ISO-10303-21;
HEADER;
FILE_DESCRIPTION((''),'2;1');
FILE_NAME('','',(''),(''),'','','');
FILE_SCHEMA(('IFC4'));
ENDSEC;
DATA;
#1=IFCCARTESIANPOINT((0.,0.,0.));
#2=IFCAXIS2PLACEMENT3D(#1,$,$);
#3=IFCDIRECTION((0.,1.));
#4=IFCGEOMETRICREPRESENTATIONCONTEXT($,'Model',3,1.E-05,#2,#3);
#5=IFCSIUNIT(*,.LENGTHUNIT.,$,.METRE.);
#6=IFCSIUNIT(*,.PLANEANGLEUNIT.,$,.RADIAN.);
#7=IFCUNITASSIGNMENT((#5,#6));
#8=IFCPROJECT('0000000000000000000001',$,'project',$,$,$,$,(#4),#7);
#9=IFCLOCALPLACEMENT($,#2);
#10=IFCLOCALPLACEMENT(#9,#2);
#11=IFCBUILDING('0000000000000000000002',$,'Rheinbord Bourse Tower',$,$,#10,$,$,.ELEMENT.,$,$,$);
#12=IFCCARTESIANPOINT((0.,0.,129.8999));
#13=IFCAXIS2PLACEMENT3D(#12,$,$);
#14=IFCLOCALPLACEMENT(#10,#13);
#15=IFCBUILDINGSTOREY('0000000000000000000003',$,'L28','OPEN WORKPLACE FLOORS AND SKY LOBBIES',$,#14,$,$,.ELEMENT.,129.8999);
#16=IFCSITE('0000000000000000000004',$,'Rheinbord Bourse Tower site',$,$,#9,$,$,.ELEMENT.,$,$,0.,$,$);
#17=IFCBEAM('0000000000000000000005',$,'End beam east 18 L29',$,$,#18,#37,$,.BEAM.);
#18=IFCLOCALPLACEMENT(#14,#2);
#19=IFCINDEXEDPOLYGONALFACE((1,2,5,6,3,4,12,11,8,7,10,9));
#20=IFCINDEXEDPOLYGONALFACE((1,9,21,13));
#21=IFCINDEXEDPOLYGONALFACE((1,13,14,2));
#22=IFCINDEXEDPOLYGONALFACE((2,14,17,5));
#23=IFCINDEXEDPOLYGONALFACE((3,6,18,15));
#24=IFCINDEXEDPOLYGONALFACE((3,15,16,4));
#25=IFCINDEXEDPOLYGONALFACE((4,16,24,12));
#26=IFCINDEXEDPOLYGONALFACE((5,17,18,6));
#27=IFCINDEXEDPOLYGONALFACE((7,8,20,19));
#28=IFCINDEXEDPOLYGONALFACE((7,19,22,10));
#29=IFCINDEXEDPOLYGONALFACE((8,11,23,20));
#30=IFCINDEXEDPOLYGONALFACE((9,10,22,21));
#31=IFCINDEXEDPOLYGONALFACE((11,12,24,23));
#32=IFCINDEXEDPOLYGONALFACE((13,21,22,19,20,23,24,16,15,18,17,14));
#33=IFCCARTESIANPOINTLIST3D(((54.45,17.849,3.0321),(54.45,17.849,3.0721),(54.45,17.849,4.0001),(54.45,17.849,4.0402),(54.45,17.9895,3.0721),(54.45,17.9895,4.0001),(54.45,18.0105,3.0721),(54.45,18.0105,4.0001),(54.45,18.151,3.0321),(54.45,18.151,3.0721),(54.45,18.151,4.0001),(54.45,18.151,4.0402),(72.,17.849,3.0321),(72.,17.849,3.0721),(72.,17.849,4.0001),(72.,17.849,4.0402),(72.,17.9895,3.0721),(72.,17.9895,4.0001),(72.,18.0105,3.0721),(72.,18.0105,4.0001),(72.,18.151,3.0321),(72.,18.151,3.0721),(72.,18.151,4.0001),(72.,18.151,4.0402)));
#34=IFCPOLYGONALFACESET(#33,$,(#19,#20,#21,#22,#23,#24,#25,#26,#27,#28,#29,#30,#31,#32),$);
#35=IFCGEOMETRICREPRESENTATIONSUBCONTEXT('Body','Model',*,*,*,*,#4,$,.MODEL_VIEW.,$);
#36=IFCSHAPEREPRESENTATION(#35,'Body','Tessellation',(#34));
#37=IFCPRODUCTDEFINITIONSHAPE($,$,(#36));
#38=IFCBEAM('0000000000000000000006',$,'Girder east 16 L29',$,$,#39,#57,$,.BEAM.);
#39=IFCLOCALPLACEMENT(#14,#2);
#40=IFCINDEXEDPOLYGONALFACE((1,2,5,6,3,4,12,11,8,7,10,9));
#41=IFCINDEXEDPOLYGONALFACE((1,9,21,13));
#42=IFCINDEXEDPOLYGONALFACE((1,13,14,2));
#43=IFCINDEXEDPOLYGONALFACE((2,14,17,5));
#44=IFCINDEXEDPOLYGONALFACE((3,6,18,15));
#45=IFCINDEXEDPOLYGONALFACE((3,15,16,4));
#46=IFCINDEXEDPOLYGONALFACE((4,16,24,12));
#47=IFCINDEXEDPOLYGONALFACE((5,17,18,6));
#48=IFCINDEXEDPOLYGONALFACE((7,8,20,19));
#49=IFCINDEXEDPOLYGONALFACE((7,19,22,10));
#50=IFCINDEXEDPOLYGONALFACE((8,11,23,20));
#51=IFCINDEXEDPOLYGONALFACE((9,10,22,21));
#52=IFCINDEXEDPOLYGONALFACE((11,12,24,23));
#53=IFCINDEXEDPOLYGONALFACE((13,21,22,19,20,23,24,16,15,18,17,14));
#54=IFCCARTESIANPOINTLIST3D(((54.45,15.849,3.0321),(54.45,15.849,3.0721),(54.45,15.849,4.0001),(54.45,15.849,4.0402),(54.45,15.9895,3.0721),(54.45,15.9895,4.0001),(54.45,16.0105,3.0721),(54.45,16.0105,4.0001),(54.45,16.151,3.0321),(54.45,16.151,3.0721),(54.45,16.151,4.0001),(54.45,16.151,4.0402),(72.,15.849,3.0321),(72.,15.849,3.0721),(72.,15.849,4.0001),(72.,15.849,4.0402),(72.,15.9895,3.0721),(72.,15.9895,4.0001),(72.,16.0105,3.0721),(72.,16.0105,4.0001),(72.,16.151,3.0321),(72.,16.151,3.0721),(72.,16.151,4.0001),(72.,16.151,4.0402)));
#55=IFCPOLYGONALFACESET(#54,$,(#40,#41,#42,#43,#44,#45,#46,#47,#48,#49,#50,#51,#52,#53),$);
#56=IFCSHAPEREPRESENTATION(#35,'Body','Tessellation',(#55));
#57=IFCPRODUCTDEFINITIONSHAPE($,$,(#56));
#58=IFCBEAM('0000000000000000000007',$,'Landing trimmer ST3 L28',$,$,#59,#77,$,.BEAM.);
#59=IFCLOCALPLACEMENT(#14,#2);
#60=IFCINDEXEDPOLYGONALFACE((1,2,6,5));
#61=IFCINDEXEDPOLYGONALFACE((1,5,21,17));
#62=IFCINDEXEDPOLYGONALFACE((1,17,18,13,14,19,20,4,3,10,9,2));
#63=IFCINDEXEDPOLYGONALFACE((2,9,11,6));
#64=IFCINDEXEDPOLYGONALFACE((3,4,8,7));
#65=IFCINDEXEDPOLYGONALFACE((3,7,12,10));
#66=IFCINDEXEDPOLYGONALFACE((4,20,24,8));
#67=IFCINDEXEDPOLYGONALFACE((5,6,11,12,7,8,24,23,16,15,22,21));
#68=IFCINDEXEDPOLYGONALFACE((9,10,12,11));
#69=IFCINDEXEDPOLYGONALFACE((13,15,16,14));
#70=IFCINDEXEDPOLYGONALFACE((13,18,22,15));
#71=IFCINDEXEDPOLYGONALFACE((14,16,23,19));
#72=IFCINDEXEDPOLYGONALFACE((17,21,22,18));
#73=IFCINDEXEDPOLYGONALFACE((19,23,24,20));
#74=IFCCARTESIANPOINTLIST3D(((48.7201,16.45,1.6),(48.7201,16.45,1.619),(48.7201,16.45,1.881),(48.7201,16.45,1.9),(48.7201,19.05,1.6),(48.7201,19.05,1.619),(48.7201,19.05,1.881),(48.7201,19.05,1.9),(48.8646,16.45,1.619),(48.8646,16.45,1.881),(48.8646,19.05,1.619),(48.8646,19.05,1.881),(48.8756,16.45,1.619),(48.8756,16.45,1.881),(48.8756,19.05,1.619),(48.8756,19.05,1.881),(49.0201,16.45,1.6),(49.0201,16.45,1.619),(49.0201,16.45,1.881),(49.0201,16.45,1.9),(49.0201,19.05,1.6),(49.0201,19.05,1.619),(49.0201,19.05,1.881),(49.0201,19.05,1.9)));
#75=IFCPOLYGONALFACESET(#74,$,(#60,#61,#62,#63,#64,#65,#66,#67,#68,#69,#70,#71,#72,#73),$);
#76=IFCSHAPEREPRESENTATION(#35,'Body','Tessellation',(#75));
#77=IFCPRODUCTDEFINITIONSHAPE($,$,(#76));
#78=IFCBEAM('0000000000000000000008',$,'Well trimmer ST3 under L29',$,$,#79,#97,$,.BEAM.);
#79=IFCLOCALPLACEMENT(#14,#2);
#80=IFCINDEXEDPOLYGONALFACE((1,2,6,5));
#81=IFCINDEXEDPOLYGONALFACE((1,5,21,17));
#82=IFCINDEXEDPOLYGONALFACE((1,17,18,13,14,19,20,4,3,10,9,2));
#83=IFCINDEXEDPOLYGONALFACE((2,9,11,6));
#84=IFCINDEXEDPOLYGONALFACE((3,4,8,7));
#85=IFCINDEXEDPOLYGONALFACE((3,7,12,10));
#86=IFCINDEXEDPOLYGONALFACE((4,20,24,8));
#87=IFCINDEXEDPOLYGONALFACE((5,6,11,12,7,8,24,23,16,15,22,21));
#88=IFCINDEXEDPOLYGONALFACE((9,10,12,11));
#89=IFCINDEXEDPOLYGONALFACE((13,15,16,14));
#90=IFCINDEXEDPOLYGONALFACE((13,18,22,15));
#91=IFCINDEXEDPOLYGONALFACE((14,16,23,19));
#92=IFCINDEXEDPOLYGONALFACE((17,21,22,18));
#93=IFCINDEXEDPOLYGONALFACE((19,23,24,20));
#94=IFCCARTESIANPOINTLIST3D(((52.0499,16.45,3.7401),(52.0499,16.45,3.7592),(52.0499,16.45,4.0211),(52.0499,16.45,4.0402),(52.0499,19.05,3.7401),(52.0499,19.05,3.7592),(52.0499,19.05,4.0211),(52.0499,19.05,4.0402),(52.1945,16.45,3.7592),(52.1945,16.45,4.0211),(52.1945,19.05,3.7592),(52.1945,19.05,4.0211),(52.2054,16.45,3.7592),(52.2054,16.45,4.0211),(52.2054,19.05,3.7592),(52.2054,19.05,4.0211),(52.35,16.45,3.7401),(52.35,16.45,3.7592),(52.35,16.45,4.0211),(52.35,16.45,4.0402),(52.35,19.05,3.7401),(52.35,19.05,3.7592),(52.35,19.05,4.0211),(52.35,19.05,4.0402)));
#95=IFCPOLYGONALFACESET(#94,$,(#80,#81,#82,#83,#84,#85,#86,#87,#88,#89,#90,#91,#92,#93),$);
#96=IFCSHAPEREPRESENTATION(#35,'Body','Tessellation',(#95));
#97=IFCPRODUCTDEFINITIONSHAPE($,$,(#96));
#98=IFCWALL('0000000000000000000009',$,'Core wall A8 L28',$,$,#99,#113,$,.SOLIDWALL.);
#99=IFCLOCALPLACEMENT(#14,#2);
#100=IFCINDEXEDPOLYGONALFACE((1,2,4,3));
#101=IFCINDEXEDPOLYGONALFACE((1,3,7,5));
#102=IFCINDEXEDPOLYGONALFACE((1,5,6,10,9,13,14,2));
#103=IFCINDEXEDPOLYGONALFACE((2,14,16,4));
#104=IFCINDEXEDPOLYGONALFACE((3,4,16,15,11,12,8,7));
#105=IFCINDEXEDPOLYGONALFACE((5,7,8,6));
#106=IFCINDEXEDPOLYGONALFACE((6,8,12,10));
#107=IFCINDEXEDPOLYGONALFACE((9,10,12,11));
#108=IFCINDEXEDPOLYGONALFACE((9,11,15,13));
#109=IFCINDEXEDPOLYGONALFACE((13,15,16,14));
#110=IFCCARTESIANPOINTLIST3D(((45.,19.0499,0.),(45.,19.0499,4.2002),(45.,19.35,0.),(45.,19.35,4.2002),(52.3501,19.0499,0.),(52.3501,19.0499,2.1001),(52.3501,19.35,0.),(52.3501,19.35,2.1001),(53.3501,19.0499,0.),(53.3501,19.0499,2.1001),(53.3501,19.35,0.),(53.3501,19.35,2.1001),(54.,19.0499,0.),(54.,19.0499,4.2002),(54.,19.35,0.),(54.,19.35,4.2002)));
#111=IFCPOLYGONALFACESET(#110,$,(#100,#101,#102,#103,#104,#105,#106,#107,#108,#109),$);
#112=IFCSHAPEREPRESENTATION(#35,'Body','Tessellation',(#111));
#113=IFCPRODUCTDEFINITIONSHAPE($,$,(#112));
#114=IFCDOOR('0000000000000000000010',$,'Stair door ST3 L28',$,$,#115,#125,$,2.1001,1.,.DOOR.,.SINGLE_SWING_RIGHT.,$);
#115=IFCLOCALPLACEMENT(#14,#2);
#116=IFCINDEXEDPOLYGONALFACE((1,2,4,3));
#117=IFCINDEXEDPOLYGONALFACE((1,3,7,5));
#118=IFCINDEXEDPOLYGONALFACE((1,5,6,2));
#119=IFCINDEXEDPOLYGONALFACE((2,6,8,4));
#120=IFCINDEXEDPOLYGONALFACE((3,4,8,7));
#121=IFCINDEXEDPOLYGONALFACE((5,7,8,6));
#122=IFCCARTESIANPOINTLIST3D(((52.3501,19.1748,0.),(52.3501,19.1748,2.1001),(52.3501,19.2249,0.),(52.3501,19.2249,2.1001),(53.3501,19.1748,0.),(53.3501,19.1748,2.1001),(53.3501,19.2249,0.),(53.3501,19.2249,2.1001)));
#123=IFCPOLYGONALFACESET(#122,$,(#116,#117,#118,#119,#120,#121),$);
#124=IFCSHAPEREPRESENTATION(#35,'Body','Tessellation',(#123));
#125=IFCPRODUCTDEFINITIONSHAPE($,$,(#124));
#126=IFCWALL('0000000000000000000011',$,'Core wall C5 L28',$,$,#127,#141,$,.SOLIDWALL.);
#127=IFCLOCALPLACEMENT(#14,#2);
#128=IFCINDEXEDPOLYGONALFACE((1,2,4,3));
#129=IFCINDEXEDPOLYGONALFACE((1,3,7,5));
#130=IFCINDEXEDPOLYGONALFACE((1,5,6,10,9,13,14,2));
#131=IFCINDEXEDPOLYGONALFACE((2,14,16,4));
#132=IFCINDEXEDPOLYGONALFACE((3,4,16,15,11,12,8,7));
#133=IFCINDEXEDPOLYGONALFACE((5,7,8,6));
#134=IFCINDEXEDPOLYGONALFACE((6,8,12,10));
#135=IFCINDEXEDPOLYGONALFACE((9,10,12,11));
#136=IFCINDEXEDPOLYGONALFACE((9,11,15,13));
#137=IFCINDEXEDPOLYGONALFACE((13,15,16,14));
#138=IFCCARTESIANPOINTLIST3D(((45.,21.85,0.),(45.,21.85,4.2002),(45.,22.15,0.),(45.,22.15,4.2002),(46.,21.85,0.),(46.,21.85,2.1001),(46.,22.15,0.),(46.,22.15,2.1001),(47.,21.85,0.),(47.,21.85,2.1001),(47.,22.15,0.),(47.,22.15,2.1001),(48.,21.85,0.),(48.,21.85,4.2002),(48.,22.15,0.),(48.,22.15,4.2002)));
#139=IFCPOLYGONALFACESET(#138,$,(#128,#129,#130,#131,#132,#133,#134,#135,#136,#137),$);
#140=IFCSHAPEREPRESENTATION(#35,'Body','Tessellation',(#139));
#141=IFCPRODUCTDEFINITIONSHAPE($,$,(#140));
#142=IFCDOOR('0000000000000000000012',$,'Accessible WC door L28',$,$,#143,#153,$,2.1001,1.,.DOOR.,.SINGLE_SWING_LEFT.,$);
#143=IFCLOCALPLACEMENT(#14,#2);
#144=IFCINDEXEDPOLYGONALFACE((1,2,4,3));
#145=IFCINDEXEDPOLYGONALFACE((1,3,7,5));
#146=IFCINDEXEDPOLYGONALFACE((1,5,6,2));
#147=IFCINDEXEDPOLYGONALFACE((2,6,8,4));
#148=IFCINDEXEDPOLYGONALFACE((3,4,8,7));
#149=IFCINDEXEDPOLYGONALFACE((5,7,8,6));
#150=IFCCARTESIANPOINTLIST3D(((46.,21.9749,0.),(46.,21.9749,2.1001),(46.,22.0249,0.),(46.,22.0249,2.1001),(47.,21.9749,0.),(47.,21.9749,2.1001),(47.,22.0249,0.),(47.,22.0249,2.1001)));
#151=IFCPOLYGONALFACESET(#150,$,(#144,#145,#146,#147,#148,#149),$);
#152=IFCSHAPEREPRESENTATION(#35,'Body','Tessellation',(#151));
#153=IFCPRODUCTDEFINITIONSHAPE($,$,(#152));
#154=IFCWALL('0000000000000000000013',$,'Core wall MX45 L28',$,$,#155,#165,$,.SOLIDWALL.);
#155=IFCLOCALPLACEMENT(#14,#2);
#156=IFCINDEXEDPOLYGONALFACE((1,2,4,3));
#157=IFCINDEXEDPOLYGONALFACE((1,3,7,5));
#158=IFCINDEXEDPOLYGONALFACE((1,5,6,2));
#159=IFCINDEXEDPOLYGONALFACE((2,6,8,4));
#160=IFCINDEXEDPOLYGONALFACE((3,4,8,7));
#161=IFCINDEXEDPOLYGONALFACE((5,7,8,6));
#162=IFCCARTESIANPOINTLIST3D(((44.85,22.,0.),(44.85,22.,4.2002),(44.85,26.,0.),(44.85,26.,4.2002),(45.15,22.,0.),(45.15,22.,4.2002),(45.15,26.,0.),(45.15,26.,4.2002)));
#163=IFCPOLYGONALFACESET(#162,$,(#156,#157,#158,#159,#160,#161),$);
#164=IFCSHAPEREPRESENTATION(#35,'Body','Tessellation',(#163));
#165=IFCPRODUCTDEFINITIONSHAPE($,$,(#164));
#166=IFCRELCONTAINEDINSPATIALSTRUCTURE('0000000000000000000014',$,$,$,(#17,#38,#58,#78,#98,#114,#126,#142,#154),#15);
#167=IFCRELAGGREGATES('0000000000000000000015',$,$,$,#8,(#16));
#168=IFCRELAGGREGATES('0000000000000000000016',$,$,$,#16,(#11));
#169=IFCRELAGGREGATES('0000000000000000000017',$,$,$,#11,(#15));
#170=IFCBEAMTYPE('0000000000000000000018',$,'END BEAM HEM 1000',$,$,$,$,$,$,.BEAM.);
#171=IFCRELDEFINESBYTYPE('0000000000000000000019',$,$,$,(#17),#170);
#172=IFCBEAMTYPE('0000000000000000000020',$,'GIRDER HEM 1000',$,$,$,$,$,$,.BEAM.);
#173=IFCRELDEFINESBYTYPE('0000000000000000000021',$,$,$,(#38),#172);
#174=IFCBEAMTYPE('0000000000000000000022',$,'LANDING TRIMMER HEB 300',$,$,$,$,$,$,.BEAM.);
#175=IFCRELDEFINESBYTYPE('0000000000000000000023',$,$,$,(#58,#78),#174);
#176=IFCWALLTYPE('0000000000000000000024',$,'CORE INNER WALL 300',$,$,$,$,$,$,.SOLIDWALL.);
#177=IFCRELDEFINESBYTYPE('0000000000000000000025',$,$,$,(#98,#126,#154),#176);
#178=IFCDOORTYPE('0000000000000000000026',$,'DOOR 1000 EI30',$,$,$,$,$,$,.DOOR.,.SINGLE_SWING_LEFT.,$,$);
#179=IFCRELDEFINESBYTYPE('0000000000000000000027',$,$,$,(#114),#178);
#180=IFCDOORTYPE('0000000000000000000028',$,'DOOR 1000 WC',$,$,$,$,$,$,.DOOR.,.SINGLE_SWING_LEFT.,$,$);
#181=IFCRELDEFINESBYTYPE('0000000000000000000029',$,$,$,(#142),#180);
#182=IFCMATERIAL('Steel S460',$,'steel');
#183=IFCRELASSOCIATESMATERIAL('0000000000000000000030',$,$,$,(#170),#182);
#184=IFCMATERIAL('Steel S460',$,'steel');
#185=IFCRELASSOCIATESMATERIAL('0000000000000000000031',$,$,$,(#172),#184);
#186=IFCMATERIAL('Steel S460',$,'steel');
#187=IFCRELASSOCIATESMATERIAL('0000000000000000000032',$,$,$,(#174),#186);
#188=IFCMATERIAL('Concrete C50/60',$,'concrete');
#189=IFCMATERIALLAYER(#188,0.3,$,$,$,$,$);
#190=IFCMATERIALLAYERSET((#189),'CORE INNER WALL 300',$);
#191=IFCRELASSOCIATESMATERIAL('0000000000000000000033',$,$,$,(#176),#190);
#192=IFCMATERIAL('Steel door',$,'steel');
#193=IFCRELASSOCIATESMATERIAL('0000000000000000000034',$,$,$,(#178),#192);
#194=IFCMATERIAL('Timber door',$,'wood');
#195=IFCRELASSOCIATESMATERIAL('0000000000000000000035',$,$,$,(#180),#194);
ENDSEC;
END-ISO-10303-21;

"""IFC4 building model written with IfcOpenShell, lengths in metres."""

from ifc_helpers import new_model, si_unit, direction, frame, frame_2d, origin, origin_2d, place, context, subcontext, project, spatial, rectangle, i_section, extrude, material, layer, layer_set, material_profile, profile_set, type_object, element, fill, save


model = new_model("IFC4")

# Units and contexts
model_context = context("Model", 3, precision=1e-05, world=origin(), true_north=direction((0.0, 1.0)))
body_context = subcontext(model_context, "Body", "Model", "MODEL_VIEW")
ifc_project = project(units=[si_unit("LENGTHUNIT", "METRE"), si_unit("PLANEANGLEUNIT", "RADIAN")], contexts=[model_context])

# Site, building, storey
site_placement = place(None, origin())
site = spatial("IfcSite", under=ifc_project, at=site_placement, Name="Rheinbord Bourse Tower site", CompositionType="ELEMENT", RefElevation=0.0)
building_placement = place(site_placement, origin())
building = spatial("IfcBuilding", under=site, at=building_placement, Name="Rheinbord Bourse Tower", CompositionType="ELEMENT")
storey_placement = place(building_placement, frame((0.0, 0.0, 129.8999)))
storey = spatial("IfcBuildingStorey", under=building, at=storey_placement, Name="L28", Description="OPEN WORKPLACE FLOORS AND SKY LOBBIES", CompositionType="ELEMENT", Elevation=129.8999)

# Beams
ifc_material_1 = material(Name="Steel S460", Category="steel")
ifc_material_profile_1 = material_profile(ifc_material_1, i_section(OverallWidth=0.302, OverallDepth=1.0081, WebThickness=0.021, FlangeThickness=0.04, at=origin_2d()), Name="HEM 1000")
ifc_profile_set_1 = profile_set([ifc_material_profile_1], Name="Steel S460")
beam_type_1 = type_object("IfcBeamType", Name="END BEAM HEM 1000", PredefinedType="BEAM", material=ifc_profile_set_1)
beam_1_placement = place(storey_placement, frame((54.45, 18.0, 3.5361), z_axis=(1.0, 0.0, 0.0), x_axis=(0.0, 1.0, 0.0)))
element("IfcBeam", 1, at=beam_1_placement, inside=storey, type_object=beam_type_1, Name="End beam east 18 L29", PredefinedType="BEAM", context=body_context, shape_type="SweptSolid", body=[
    extrude(i_section(OverallWidth=0.302, OverallDepth=1.0081, WebThickness=0.021, FlangeThickness=0.04, at=origin_2d()), origin(), (0.0, 0.0, 1.0), 17.55),
])
ifc_material_2 = material(Name="Steel S460", Category="steel")
ifc_material_profile_2 = material_profile(ifc_material_2, i_section(OverallWidth=0.302, OverallDepth=1.0081, WebThickness=0.021, FlangeThickness=0.04, at=origin_2d()), Name="HEM 1000")
ifc_profile_set_2 = profile_set([ifc_material_profile_2], Name="Steel S460")
beam_type_2 = type_object("IfcBeamType", Name="GIRDER HEM 1000", PredefinedType="BEAM", material=ifc_profile_set_2)
beam_2_placement = place(storey_placement, frame((54.45, 16.0, 3.5361), z_axis=(1.0, 0.0, 0.0), x_axis=(0.0, 1.0, 0.0)))
element("IfcBeam", 2, at=beam_2_placement, inside=storey, type_object=beam_type_2, Name="Girder east 16 L29", PredefinedType="BEAM", context=body_context, shape_type="SweptSolid", body=[
    extrude(i_section(OverallWidth=0.302, OverallDepth=1.0081, WebThickness=0.021, FlangeThickness=0.04, at=origin_2d()), origin(), (0.0, 0.0, 1.0), 17.55),
])
ifc_material_3 = material(Name="Steel S460", Category="steel")
ifc_material_profile_3 = material_profile(ifc_material_3, i_section(OverallWidth=0.3, OverallDepth=0.3, WebThickness=0.011, FlangeThickness=0.019, at=origin_2d()), Name="HEB 300")
ifc_profile_set_3 = profile_set([ifc_material_profile_3], Name="Steel S460")
beam_type_3 = type_object("IfcBeamType", Name="LANDING TRIMMER HEB 300", PredefinedType="BEAM", material=ifc_profile_set_3)
for number, where, z_axis, x_axis, name in (
    (3, (48.8701, 16.45, 1.75), (0.0, 1.0, 0.0), (-1.0, 0.0, 0.0), "Landing trimmer ST3 L28"),
    (4, (52.2, 16.45, 3.8901), (0.0, 1.0, 0.0), (-1.0, 0.0, 0.0), "Well trimmer ST3 under L29"),
):
    element("IfcBeam", number, at=place(storey_placement, frame(where, z_axis=z_axis, x_axis=x_axis)), inside=storey, type_object=beam_type_3, Name=name, PredefinedType="BEAM", context=body_context, shape_type="SweptSolid", body=[
        extrude(i_section(OverallWidth=0.3, OverallDepth=0.3, WebThickness=0.011, FlangeThickness=0.019, at=origin_2d()), origin(), (0.0, 0.0, 1.0), 2.6001),
    ])

# Walls, openings, doors
ifc_material_4 = material(Name="Concrete C50/60", Category="concrete")
ifc_layer_1 = layer(ifc_material_4, 0.3)
ifc_layer_set_1 = layer_set([ifc_layer_1], Name="CORE INNER WALL 300")
wall_type_1 = type_object("IfcWallType", Name="CORE INNER WALL 300", PredefinedType="SOLIDWALL", material=ifc_layer_set_1)
wall_1_placement = place(storey_placement, frame((45.0, 19.2, 0.0), z_axis=(0.0, 0.0, 1.0), x_axis=(1.0, 0.0, 0.0)))
wall_1 = element("IfcWall", 5, at=wall_1_placement, inside=storey, type_object=wall_type_1, Name="Core wall A8 L28", PredefinedType="SOLIDWALL", context=body_context, shape_type="SweptSolid", body=[
    extrude(rectangle(XDim=9.0, YDim=0.3, at=frame_2d((4.5, 0.0))), origin(), (0.0, 0.0, 1.0), 4.2002),
])
opening_1_placement = place(wall_1_placement, frame((7.3501, 0.0, 0.0)))
opening_1 = element("IfcOpeningElement", 6, at=opening_1_placement, cuts=wall_1, PredefinedType="OPENING", context=body_context, shape_type="SweptSolid", body=[
    extrude(rectangle(XDim=1.0, YDim=2.1001, at=frame_2d((0.5, 1.05))), frame((0.0, 0.1599, 0.0), z_axis=(0.0, -1.0, 0.0), x_axis=(1.0, 0.0, 0.0)), (0.0, 0.0, 1.0), 0.3201),
])
ifc_material_5 = material(Name="Steel door", Category="steel")
door_type_1 = type_object("IfcDoorType", Name="DOOR 1000 EI30", OperationType="SINGLE_SWING_LEFT", PredefinedType="DOOR", material=ifc_material_5)
door_1_placement = place(opening_1_placement, origin())
door_1 = element("IfcDoor", 7, at=door_1_placement, inside=storey, type_object=door_type_1, Name="Stair door ST3 L28", OperationType="SINGLE_SWING_RIGHT", OverallHeight=2.1001, OverallWidth=1.0, PredefinedType="DOOR", context=body_context, shape_type="SweptSolid", body=[
    extrude(rectangle(XDim=1.0, YDim=2.1001, at=frame_2d((0.5, 1.05))), frame((0.0, 0.0249, 0.0), z_axis=(0.0, -1.0, 0.0), x_axis=(1.0, 0.0, 0.0)), (0.0, 0.0, 1.0), 0.05),
])
fill(opening_1, door_1)
wall_2_placement = place(storey_placement, frame((45.0, 22.0, 0.0), z_axis=(0.0, 0.0, 1.0), x_axis=(1.0, 0.0, 0.0)))
wall_2 = element("IfcWall", 8, at=wall_2_placement, inside=storey, type_object=wall_type_1, Name="Core wall C5 L28", PredefinedType="SOLIDWALL", context=body_context, shape_type="SweptSolid", body=[
    extrude(rectangle(XDim=3.0, YDim=0.3, at=frame_2d((1.5, 0.0))), origin(), (0.0, 0.0, 1.0), 4.2002),
])
opening_2_placement = place(wall_2_placement, frame((1.0, 0.0, 0.0)))
opening_2 = element("IfcOpeningElement", 9, at=opening_2_placement, cuts=wall_2, PredefinedType="OPENING", context=body_context, shape_type="SweptSolid", body=[
    extrude(rectangle(XDim=1.0, YDim=2.1001, at=frame_2d((0.5, 1.05))), frame((0.0, 0.1599, 0.0), z_axis=(0.0, -1.0, 0.0), x_axis=(1.0, 0.0, 0.0)), (0.0, 0.0, 1.0), 0.3201),
])
ifc_material_6 = material(Name="Timber door", Category="wood")
door_type_2 = type_object("IfcDoorType", Name="DOOR 1000 WC", OperationType="SINGLE_SWING_LEFT", PredefinedType="DOOR", material=ifc_material_6)
door_2_placement = place(opening_2_placement, origin())
door_2 = element("IfcDoor", 10, at=door_2_placement, inside=storey, type_object=door_type_2, Name="Accessible WC door L28", OperationType="SINGLE_SWING_LEFT", OverallHeight=2.1001, OverallWidth=1.0, PredefinedType="DOOR", context=body_context, shape_type="SweptSolid", body=[
    extrude(rectangle(XDim=1.0, YDim=2.1001, at=frame_2d((0.5, 1.05))), frame((0.0, 0.0249, 0.0), z_axis=(0.0, -1.0, 0.0), x_axis=(1.0, 0.0, 0.0)), (0.0, 0.0, 1.0), 0.05),
])
fill(opening_2, door_2)

# Wall
wall_3_placement = place(storey_placement, frame((45.0, 22.0, 0.0), z_axis=(0.0, 0.0, 1.0), x_axis=(0.0, 1.0, 0.0)))
element("IfcWall", 11, at=wall_3_placement, inside=storey, type_object=wall_type_1, Name="Core wall MX45 L28", PredefinedType="SOLIDWALL", context=body_context, shape_type="SweptSolid", body=[
    extrude(rectangle(XDim=4.0, YDim=0.3, at=frame_2d((2.0, 0.0))), origin(), (0.0, 0.0, 1.0), 4.2002),
])

save(model, "model.ifc")
